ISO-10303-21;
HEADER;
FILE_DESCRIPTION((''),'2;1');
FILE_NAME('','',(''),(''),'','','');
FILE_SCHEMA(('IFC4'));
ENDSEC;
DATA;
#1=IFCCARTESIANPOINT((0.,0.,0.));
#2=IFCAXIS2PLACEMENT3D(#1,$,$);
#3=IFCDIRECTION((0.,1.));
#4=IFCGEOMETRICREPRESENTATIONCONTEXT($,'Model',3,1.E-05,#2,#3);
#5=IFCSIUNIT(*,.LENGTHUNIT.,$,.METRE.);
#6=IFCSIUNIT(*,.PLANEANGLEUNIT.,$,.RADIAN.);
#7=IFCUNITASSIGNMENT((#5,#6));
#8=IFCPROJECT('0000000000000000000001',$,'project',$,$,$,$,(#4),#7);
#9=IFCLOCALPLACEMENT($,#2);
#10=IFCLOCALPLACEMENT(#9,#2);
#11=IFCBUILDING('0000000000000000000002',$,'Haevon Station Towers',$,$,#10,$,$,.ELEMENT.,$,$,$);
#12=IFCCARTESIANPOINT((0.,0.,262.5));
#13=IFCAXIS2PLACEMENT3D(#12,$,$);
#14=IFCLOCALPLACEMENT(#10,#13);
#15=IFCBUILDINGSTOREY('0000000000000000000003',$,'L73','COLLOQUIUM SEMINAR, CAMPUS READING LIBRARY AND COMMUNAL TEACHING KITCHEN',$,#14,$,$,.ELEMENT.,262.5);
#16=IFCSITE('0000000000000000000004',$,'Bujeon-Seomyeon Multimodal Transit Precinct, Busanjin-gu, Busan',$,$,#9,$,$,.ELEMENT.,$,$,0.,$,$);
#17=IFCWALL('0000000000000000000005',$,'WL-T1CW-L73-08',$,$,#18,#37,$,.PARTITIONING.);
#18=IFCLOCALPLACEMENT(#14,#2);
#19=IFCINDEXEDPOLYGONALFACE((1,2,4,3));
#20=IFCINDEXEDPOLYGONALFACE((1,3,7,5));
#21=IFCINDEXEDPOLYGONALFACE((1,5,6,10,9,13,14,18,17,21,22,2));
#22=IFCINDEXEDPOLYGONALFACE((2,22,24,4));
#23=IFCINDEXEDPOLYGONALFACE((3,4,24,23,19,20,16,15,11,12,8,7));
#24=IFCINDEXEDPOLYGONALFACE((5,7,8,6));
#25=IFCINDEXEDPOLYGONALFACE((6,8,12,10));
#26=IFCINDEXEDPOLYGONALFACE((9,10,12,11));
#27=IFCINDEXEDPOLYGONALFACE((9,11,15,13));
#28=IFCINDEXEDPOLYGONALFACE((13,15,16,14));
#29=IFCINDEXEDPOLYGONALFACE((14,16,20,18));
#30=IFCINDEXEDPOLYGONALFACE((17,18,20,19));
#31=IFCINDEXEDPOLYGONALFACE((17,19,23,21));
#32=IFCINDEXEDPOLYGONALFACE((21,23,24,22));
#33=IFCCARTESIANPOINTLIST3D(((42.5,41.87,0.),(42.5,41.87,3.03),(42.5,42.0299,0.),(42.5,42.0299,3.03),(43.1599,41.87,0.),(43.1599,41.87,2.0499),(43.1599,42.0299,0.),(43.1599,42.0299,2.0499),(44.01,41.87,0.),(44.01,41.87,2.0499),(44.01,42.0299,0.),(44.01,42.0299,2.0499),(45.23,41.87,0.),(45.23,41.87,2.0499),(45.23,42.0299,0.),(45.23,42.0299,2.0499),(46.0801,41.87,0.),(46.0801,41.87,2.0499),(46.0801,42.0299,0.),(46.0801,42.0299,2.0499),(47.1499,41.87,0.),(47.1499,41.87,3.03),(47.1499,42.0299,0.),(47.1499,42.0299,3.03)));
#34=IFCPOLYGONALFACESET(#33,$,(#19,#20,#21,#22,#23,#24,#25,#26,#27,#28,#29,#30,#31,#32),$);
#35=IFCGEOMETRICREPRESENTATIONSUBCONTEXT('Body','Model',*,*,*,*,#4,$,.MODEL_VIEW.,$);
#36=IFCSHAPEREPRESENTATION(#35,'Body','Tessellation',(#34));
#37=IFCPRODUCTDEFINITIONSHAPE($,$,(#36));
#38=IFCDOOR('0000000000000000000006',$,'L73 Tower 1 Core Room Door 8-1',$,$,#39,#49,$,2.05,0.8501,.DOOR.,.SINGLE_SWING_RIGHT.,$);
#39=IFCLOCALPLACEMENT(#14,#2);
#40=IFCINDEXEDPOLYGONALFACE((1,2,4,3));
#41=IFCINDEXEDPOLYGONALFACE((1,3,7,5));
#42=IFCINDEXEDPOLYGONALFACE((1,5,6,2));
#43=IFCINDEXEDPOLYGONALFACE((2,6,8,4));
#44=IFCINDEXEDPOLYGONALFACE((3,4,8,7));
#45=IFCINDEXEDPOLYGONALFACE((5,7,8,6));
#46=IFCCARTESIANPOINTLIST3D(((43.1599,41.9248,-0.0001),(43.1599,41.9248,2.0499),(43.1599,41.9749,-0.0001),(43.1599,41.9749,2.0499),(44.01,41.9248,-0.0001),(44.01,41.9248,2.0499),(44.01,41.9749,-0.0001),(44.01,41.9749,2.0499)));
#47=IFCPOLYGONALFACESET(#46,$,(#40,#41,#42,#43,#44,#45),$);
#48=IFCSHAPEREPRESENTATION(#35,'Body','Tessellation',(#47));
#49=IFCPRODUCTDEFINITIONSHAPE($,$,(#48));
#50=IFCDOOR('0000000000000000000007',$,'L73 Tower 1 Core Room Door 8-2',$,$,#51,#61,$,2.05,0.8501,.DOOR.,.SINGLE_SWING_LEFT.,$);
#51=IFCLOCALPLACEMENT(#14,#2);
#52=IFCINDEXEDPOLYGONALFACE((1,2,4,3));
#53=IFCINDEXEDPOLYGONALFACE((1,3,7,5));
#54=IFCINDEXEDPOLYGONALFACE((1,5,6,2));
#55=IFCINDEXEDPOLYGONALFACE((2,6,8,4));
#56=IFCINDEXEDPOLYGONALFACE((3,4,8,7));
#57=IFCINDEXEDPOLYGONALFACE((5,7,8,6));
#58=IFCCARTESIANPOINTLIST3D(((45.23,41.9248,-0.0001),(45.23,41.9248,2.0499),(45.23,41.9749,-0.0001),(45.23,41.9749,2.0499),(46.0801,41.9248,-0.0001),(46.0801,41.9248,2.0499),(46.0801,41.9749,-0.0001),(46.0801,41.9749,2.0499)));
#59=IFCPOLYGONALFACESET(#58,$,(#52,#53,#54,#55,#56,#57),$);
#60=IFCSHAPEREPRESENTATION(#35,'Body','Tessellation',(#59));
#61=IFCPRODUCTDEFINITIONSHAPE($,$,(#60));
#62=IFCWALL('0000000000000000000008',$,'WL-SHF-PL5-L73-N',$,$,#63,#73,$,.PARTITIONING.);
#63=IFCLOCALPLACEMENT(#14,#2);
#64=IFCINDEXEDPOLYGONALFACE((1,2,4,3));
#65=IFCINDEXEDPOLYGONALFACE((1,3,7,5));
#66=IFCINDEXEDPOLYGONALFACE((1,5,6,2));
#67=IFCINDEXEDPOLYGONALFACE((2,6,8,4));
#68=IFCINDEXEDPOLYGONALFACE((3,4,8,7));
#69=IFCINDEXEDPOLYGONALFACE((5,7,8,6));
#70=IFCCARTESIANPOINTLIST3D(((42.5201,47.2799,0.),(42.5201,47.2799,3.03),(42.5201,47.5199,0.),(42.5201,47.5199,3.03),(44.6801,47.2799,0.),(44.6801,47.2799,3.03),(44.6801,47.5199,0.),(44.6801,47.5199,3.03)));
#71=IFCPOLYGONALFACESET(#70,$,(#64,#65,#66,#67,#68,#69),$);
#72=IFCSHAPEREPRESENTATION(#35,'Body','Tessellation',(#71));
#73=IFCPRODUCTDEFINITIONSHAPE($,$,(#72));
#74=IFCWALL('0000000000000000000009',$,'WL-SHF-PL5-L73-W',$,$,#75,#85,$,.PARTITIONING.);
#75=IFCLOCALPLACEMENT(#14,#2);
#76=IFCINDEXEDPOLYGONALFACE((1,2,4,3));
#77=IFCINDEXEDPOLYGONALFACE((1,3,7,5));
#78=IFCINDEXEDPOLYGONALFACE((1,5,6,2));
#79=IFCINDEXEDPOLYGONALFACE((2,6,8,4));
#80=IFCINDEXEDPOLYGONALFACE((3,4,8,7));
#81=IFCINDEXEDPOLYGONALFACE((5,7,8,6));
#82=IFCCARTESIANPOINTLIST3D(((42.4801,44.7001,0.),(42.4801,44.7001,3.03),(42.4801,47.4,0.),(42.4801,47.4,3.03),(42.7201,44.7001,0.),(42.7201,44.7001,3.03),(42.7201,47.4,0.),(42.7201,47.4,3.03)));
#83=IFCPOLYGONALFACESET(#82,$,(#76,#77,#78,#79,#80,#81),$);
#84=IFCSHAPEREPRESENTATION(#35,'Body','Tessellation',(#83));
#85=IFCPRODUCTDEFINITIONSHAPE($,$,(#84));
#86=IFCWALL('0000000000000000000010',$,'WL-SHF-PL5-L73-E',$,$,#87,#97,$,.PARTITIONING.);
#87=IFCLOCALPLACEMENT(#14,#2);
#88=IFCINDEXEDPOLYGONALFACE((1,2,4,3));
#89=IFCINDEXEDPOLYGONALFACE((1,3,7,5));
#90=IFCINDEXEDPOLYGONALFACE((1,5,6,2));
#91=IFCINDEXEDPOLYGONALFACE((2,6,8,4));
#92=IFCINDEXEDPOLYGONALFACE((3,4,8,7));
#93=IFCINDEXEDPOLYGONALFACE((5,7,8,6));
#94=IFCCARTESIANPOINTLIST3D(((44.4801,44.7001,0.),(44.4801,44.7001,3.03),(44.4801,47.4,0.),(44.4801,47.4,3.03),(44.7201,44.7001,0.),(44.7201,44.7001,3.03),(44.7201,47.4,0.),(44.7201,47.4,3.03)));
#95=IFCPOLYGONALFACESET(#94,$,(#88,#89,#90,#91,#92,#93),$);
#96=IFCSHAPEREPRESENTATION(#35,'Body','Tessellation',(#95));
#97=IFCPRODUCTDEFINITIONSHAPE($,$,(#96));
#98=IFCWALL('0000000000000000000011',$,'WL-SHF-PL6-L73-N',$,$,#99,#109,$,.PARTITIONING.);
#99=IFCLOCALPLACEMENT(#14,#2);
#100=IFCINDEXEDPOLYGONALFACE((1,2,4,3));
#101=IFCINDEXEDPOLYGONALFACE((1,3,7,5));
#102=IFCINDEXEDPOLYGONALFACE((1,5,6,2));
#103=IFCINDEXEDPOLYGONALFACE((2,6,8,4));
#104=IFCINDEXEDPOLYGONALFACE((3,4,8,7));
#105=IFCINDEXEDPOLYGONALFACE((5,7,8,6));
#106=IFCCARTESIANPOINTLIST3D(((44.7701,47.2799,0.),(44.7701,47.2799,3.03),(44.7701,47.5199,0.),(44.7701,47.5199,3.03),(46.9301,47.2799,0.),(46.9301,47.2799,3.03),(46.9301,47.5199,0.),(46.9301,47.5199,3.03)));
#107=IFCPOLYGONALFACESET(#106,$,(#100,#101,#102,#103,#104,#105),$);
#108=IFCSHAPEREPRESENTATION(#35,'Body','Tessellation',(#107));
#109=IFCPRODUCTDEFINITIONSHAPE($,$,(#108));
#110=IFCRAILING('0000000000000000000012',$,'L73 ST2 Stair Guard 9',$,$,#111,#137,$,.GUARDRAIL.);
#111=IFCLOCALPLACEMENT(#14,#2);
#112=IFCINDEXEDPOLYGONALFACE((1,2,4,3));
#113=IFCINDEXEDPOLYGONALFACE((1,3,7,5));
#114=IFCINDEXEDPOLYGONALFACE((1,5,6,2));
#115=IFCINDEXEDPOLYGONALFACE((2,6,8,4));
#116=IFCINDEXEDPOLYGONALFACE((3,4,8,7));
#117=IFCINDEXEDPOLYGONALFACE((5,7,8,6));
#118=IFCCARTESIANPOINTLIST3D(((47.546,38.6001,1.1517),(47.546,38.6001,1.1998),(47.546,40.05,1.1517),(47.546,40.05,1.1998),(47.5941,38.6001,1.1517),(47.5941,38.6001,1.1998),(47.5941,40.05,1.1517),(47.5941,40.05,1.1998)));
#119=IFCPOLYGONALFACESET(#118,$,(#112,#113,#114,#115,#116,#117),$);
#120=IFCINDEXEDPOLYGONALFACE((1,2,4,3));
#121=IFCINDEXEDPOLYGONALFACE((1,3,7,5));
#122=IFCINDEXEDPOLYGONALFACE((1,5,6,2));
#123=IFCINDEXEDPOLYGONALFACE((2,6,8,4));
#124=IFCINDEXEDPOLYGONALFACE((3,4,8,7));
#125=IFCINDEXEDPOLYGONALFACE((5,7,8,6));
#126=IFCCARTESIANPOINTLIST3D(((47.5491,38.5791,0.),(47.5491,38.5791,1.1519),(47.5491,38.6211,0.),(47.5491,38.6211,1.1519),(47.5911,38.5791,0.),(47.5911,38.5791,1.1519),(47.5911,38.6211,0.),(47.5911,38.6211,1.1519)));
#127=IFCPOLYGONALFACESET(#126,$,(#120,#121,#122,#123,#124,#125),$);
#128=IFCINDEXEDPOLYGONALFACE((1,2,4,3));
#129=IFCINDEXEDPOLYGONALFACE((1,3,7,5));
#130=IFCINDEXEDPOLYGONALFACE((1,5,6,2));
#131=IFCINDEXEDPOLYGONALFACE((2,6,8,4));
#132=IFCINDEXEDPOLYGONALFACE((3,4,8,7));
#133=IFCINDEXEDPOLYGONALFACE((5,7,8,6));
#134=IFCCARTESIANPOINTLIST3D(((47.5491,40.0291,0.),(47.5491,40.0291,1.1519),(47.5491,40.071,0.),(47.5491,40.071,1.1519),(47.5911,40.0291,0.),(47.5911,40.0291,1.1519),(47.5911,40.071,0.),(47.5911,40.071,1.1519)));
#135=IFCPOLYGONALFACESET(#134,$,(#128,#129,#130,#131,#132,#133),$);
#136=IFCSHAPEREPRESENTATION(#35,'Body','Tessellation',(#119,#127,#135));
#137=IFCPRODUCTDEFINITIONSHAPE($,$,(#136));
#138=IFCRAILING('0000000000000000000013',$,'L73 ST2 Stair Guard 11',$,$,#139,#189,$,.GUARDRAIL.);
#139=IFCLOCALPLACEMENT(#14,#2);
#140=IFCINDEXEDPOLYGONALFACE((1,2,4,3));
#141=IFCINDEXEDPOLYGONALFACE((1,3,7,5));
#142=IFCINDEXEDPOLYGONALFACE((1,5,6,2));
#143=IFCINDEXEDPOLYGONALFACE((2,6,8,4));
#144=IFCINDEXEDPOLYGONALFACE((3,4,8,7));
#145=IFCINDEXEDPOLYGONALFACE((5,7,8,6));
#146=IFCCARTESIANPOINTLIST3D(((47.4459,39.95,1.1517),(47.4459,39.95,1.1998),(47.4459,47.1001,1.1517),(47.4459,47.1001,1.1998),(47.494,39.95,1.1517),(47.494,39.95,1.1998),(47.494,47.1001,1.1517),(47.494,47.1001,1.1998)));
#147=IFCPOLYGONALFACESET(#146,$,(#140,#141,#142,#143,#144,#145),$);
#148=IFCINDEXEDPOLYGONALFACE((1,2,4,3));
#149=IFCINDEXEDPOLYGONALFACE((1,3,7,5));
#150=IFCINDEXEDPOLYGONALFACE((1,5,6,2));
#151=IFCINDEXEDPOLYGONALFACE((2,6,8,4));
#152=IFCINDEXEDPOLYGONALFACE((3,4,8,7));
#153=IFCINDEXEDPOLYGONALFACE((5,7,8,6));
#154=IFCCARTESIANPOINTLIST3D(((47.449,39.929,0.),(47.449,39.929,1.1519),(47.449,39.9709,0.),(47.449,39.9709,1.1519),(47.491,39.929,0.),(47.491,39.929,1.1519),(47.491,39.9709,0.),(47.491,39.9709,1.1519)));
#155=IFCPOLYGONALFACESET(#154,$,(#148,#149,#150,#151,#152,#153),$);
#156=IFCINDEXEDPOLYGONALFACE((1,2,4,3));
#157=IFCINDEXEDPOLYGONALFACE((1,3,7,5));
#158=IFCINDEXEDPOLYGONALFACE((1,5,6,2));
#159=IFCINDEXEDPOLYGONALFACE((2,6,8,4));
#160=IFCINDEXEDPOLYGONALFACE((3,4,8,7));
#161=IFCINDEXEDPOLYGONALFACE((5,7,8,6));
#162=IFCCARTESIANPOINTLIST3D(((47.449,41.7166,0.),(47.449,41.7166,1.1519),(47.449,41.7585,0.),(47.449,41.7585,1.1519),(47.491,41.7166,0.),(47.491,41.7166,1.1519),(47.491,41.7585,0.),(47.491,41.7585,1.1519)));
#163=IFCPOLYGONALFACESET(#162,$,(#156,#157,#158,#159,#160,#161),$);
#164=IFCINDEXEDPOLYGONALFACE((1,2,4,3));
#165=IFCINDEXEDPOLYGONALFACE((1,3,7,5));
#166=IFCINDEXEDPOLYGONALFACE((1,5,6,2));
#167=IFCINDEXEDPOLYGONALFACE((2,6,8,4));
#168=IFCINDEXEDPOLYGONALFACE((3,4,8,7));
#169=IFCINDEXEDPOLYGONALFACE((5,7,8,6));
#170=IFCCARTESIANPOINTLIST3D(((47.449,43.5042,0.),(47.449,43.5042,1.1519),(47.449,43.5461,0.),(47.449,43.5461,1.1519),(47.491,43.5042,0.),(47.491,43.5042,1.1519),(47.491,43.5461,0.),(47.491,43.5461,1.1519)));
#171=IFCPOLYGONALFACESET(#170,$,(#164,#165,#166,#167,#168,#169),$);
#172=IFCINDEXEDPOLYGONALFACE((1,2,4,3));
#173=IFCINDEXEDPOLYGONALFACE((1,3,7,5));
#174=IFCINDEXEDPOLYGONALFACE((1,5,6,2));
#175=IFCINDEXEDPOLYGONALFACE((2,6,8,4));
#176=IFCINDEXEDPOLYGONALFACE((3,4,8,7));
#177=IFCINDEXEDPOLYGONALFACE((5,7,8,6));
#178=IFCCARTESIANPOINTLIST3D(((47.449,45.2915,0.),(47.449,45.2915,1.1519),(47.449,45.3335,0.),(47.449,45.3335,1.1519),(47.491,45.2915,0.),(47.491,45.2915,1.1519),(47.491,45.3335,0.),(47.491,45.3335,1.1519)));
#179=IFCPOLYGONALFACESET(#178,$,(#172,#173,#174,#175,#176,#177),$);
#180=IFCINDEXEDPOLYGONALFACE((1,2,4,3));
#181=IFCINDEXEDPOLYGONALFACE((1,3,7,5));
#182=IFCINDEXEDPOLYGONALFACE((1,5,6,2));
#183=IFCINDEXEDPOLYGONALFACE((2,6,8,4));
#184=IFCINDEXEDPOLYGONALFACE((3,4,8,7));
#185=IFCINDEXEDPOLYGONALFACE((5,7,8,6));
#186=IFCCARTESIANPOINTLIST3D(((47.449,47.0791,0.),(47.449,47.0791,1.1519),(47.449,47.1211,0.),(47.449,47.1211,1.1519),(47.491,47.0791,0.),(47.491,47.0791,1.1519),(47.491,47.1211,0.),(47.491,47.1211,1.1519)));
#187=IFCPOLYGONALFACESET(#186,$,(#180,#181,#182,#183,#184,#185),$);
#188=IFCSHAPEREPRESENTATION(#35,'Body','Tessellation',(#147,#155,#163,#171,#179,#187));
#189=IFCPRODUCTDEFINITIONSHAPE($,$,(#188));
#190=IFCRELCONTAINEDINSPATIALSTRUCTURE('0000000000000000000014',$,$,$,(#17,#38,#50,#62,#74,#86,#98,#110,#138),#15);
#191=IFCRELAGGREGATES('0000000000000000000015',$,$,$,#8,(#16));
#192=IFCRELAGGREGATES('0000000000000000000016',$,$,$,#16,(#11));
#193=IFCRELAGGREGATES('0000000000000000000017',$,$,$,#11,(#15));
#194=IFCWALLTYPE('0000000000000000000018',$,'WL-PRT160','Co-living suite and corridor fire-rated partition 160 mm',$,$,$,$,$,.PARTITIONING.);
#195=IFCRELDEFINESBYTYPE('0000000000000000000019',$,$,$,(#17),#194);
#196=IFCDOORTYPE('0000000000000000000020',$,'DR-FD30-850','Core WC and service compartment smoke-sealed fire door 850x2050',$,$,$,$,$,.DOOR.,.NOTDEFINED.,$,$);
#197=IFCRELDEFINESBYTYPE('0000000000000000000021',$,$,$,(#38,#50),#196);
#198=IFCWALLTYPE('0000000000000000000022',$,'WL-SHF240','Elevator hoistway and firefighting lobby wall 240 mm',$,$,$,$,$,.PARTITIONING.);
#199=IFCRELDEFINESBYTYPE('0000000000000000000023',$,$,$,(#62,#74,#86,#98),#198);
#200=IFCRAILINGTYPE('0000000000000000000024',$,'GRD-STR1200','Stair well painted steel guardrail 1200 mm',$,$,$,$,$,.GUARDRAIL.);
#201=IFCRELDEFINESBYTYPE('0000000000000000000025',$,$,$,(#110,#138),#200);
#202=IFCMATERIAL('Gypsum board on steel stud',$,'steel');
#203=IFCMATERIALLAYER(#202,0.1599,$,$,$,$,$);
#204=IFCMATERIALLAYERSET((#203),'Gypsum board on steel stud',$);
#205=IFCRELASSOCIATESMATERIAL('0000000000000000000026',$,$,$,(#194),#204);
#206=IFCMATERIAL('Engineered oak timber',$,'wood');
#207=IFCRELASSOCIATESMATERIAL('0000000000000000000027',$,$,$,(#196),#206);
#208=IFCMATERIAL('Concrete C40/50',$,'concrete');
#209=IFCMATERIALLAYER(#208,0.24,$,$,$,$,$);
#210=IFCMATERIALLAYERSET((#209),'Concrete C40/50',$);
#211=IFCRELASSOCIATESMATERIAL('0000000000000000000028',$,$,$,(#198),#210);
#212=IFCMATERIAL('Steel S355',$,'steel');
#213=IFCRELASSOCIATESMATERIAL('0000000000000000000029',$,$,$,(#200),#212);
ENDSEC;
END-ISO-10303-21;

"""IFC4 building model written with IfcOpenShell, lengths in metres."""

from ifc_helpers import new_model, si_unit, direction, frame, frame_2d, origin, origin_2d, place, context, subcontext, project, spatial, rectangle, extrude, material, layer, layer_set, type_object, element, fill, save


model = new_model("IFC4")

# Units and contexts
model_context = context("Model", 3, precision=1e-05, world=origin(), true_north=direction((0.0, 1.0)))
body_context = subcontext(model_context, "Body", "Model", "MODEL_VIEW")
ifc_project = project(units=[si_unit("LENGTHUNIT", "METRE"), si_unit("PLANEANGLEUNIT", "RADIAN")], contexts=[model_context])

# Site, building, storey
site_placement = place(None, origin())
site = spatial("IfcSite", under=ifc_project, at=site_placement, Name="Bujeon-Seomyeon Multimodal Transit Precinct, Busanjin-gu, Busan", CompositionType="ELEMENT", RefElevation=0.0)
building_placement = place(site_placement, origin())
building = spatial("IfcBuilding", under=site, at=building_placement, Name="Haevon Station Towers", CompositionType="ELEMENT")
storey_placement = place(building_placement, frame((0.0, 0.0, 262.5)))
storey = spatial("IfcBuildingStorey", under=building, at=storey_placement, Name="L73", Description="COLLOQUIUM SEMINAR, CAMPUS READING LIBRARY AND COMMUNAL TEACHING KITCHEN", CompositionType="ELEMENT", Elevation=262.5)

# Shared definitions
ifc_material_1 = material(Name="Steel S355", Category="steel")

# Shared definitions
ifc_material_2 = material(Name="Gypsum board on steel stud", Category="steel")
ifc_material_3 = material(Name="Engineered oak timber", Category="wood")

# Shared definitions
ifc_layer_1 = layer(ifc_material_2, 0.1599)
ifc_layer_set_1 = layer_set([ifc_layer_1], Name="Gypsum board on steel stud")
wall_type_1 = type_object("IfcWallType", Name="WL-PRT160", Description="Co-living suite and corridor fire-rated partition 160 mm", PredefinedType="PARTITIONING", material=ifc_layer_set_1)

# Wall, openings, doors
wall_1_placement = place(storey_placement, frame((42.5, 41.95, 0.0), z_axis=(0.0, 0.0, 1.0), x_axis=(1.0, 0.0, 0.0)))
wall_1 = element("IfcWall", 1, at=wall_1_placement, inside=storey, type_object=wall_type_1, Name="WL-T1CW-L73-08", PredefinedType="PARTITIONING", context=body_context, shape_type="SweptSolid", body=[
    extrude(rectangle(XDim=4.6499, YDim=0.1599, at=frame_2d((2.325, 0.0))), origin(), (0.0, 0.0, 1.0), 3.03),
])
opening_1_placement = place(wall_1_placement, frame((0.6599, 0.0, 0.0)))
opening_1 = element("IfcOpeningElement", 2, at=opening_1_placement, cuts=wall_1, PredefinedType="OPENING", context=body_context, shape_type="SweptSolid", body=[
    extrude(rectangle(XDim=0.8501, YDim=2.05, at=frame_2d((0.425, 1.0249))), frame((0.0, 0.0898, 0.0), z_axis=(0.0, -1.0, 0.0), x_axis=(1.0, 0.0, 0.0)), (0.0, 0.0, 1.0), 0.1799),
])
opening_2_placement = place(wall_1_placement, frame((2.73, 0.0, 0.0)))
opening_2 = element("IfcOpeningElement", 3, at=opening_2_placement, cuts=wall_1, PredefinedType="OPENING", context=body_context, shape_type="SweptSolid", body=[
    extrude(rectangle(XDim=0.8501, YDim=2.05, at=frame_2d((0.425, 1.0249))), frame((0.0, 0.0898, 0.0), z_axis=(0.0, -1.0, 0.0), x_axis=(1.0, 0.0, 0.0)), (0.0, 0.0, 1.0), 0.1799),
])
door_type_1 = type_object("IfcDoorType", Name="DR-FD30-850", Description="Core WC and service compartment smoke-sealed fire door 850x2050", OperationType="NOTDEFINED", PredefinedType="DOOR", material=ifc_material_3)
door_1_placement = place(opening_1_placement, origin())
door_1 = element("IfcDoor", 4, at=door_1_placement, inside=storey, type_object=door_type_1, Name="L73 Tower 1 Core Room Door 8-1", OperationType="SINGLE_SWING_RIGHT", OverallHeight=2.05, OverallWidth=0.8501, PredefinedType="DOOR", context=body_context, shape_type="SweptSolid", body=[
    extrude(rectangle(XDim=0.8501, YDim=2.05, at=frame_2d((0.425, 1.0249))), frame((0.0, 0.0249, 0.0), z_axis=(0.0, -1.0, 0.0), x_axis=(1.0, 0.0, 0.0)), (0.0, 0.0, 1.0), 0.05),
])
fill(opening_1, door_1)
door_2_placement = place(opening_2_placement, origin())
door_2 = element("IfcDoor", 5, at=door_2_placement, inside=storey, type_object=door_type_1, Name="L73 Tower 1 Core Room Door 8-2", OperationType="SINGLE_SWING_LEFT", OverallHeight=2.05, OverallWidth=0.8501, PredefinedType="DOOR", context=body_context, shape_type="SweptSolid", body=[
    extrude(rectangle(XDim=0.8501, YDim=2.05, at=frame_2d((0.425, 1.0249))), frame((0.0, 0.0249, 0.0), z_axis=(0.0, -1.0, 0.0), x_axis=(1.0, 0.0, 0.0)), (0.0, 0.0, 1.0), 0.05),
])
fill(opening_2, door_2)

# Shared definitions
ifc_material_4 = material(Name="Concrete C40/50", Category="concrete")
ifc_layer_2 = layer(ifc_material_4, 0.24)
ifc_layer_set_2 = layer_set([ifc_layer_2], Name="Concrete C40/50")
wall_type_2 = type_object("IfcWallType", Name="WL-SHF240", Description="Elevator hoistway and firefighting lobby wall 240 mm", PredefinedType="PARTITIONING", material=ifc_layer_set_2)

# Walls
wall_2_placement = place(storey_placement, frame((42.52, 47.3999, 0.0), z_axis=(0.0, 0.0, 1.0), x_axis=(1.0, 0.0, 0.0)))
element("IfcWall", 6, at=wall_2_placement, inside=storey, type_object=wall_type_2, Name="WL-SHF-PL5-L73-N", PredefinedType="PARTITIONING", context=body_context, shape_type="SweptSolid", body=[
    extrude(rectangle(XDim=2.1599, YDim=0.24, at=frame_2d((1.0801, 0.0))), origin(), (0.0, 0.0, 1.0), 3.03),
])
for number, where, z_axis, x_axis, name in (
    (7, (42.6001, 44.7, 0.0), (0.0, 0.0, 1.0), (0.0, 1.0, 0.0), "WL-SHF-PL5-L73-W"),
    (8, (44.6001, 44.7, 0.0), (0.0, 0.0, 1.0), (0.0, 1.0, 0.0), "WL-SHF-PL5-L73-E"),
):
    element("IfcWall", number, at=place(storey_placement, frame(where, z_axis=z_axis, x_axis=x_axis)), inside=storey, type_object=wall_type_2, Name=name, PredefinedType="PARTITIONING", context=body_context, shape_type="SweptSolid", body=[
        extrude(rectangle(XDim=2.7, YDim=0.24, at=frame_2d((1.3501, 0.0))), origin(), (0.0, 0.0, 1.0), 3.03),
    ])

# Wall
wall_3_placement = place(storey_placement, frame((44.77, 47.3999, 0.0), z_axis=(0.0, 0.0, 1.0), x_axis=(1.0, 0.0, 0.0)))
element("IfcWall", 9, at=wall_3_placement, inside=storey, type_object=wall_type_2, Name="WL-SHF-PL6-L73-N", PredefinedType="PARTITIONING", context=body_context, shape_type="SweptSolid", body=[
    extrude(rectangle(XDim=2.1599, YDim=0.24, at=frame_2d((1.0801, 0.0))), origin(), (0.0, 0.0, 1.0), 3.03),
])

# Railings
railing_type = type_object("IfcRailingType", Name="GRD-STR1200", Description="Stair well painted steel guardrail 1200 mm", PredefinedType="GUARDRAIL", material=ifc_material_1)
railing_1_placement = place(storey_placement, frame((47.5701, 38.6001, 0.0)))
element("IfcRailing", 10, at=railing_1_placement, inside=storey, type_object=railing_type, Name="L73 ST2 Stair Guard 9", PredefinedType="GUARDRAIL", context=body_context, shape_type="SweptSolid", body=[
    extrude(rectangle(XDim=0.0481, YDim=0.0481, at=origin_2d()), frame((0.0, 0.0, 1.1758), z_axis=(0.0, 1.0, 0.0), x_axis=(-1.0, 0.0, 0.0)), (0.0, 0.0, 1.0), 1.45),
    extrude(rectangle(XDim=0.042, YDim=0.042, at=origin_2d()), origin(), (0.0, 0.0, 1.0), 1.1519),
    extrude(rectangle(XDim=0.042, YDim=0.042, at=origin_2d()), frame((0.0, 1.45, 0.0)), (0.0, 0.0, 1.0), 1.1519),
])
railing_2_placement = place(storey_placement, frame((47.47, 39.95, 0.0)))
element("IfcRailing", 11, at=railing_2_placement, inside=storey, type_object=railing_type, Name="L73 ST2 Stair Guard 11", PredefinedType="GUARDRAIL", context=body_context, shape_type="SweptSolid", body=[
    extrude(rectangle(XDim=0.0481, YDim=0.0481, at=origin_2d()), frame((0.0, 0.0, 1.1758), z_axis=(0.0, 1.0, 0.0), x_axis=(-1.0, 0.0, 0.0)), (0.0, 0.0, 1.0), 7.1501),
    extrude(rectangle(XDim=0.042, YDim=0.042, at=origin_2d()), origin(), (0.0, 0.0, 1.0), 1.1519),
    extrude(rectangle(XDim=0.042, YDim=0.042, at=origin_2d()), frame((0.0, 1.7876, 0.0)), (0.0, 0.0, 1.0), 1.1519),
    extrude(rectangle(XDim=0.042, YDim=0.042, at=origin_2d()), frame((0.0, 3.5752, 0.0)), (0.0, 0.0, 1.0), 1.1519),
    extrude(rectangle(XDim=0.042, YDim=0.042, at=origin_2d()), frame((0.0, 5.3625, 0.0)), (0.0, 0.0, 1.0), 1.1519),
    extrude(rectangle(XDim=0.042, YDim=0.042, at=origin_2d()), frame((0.0, 7.1501, 0.0)), (0.0, 0.0, 1.0), 1.1519),
])

save(model, "model.ifc")
